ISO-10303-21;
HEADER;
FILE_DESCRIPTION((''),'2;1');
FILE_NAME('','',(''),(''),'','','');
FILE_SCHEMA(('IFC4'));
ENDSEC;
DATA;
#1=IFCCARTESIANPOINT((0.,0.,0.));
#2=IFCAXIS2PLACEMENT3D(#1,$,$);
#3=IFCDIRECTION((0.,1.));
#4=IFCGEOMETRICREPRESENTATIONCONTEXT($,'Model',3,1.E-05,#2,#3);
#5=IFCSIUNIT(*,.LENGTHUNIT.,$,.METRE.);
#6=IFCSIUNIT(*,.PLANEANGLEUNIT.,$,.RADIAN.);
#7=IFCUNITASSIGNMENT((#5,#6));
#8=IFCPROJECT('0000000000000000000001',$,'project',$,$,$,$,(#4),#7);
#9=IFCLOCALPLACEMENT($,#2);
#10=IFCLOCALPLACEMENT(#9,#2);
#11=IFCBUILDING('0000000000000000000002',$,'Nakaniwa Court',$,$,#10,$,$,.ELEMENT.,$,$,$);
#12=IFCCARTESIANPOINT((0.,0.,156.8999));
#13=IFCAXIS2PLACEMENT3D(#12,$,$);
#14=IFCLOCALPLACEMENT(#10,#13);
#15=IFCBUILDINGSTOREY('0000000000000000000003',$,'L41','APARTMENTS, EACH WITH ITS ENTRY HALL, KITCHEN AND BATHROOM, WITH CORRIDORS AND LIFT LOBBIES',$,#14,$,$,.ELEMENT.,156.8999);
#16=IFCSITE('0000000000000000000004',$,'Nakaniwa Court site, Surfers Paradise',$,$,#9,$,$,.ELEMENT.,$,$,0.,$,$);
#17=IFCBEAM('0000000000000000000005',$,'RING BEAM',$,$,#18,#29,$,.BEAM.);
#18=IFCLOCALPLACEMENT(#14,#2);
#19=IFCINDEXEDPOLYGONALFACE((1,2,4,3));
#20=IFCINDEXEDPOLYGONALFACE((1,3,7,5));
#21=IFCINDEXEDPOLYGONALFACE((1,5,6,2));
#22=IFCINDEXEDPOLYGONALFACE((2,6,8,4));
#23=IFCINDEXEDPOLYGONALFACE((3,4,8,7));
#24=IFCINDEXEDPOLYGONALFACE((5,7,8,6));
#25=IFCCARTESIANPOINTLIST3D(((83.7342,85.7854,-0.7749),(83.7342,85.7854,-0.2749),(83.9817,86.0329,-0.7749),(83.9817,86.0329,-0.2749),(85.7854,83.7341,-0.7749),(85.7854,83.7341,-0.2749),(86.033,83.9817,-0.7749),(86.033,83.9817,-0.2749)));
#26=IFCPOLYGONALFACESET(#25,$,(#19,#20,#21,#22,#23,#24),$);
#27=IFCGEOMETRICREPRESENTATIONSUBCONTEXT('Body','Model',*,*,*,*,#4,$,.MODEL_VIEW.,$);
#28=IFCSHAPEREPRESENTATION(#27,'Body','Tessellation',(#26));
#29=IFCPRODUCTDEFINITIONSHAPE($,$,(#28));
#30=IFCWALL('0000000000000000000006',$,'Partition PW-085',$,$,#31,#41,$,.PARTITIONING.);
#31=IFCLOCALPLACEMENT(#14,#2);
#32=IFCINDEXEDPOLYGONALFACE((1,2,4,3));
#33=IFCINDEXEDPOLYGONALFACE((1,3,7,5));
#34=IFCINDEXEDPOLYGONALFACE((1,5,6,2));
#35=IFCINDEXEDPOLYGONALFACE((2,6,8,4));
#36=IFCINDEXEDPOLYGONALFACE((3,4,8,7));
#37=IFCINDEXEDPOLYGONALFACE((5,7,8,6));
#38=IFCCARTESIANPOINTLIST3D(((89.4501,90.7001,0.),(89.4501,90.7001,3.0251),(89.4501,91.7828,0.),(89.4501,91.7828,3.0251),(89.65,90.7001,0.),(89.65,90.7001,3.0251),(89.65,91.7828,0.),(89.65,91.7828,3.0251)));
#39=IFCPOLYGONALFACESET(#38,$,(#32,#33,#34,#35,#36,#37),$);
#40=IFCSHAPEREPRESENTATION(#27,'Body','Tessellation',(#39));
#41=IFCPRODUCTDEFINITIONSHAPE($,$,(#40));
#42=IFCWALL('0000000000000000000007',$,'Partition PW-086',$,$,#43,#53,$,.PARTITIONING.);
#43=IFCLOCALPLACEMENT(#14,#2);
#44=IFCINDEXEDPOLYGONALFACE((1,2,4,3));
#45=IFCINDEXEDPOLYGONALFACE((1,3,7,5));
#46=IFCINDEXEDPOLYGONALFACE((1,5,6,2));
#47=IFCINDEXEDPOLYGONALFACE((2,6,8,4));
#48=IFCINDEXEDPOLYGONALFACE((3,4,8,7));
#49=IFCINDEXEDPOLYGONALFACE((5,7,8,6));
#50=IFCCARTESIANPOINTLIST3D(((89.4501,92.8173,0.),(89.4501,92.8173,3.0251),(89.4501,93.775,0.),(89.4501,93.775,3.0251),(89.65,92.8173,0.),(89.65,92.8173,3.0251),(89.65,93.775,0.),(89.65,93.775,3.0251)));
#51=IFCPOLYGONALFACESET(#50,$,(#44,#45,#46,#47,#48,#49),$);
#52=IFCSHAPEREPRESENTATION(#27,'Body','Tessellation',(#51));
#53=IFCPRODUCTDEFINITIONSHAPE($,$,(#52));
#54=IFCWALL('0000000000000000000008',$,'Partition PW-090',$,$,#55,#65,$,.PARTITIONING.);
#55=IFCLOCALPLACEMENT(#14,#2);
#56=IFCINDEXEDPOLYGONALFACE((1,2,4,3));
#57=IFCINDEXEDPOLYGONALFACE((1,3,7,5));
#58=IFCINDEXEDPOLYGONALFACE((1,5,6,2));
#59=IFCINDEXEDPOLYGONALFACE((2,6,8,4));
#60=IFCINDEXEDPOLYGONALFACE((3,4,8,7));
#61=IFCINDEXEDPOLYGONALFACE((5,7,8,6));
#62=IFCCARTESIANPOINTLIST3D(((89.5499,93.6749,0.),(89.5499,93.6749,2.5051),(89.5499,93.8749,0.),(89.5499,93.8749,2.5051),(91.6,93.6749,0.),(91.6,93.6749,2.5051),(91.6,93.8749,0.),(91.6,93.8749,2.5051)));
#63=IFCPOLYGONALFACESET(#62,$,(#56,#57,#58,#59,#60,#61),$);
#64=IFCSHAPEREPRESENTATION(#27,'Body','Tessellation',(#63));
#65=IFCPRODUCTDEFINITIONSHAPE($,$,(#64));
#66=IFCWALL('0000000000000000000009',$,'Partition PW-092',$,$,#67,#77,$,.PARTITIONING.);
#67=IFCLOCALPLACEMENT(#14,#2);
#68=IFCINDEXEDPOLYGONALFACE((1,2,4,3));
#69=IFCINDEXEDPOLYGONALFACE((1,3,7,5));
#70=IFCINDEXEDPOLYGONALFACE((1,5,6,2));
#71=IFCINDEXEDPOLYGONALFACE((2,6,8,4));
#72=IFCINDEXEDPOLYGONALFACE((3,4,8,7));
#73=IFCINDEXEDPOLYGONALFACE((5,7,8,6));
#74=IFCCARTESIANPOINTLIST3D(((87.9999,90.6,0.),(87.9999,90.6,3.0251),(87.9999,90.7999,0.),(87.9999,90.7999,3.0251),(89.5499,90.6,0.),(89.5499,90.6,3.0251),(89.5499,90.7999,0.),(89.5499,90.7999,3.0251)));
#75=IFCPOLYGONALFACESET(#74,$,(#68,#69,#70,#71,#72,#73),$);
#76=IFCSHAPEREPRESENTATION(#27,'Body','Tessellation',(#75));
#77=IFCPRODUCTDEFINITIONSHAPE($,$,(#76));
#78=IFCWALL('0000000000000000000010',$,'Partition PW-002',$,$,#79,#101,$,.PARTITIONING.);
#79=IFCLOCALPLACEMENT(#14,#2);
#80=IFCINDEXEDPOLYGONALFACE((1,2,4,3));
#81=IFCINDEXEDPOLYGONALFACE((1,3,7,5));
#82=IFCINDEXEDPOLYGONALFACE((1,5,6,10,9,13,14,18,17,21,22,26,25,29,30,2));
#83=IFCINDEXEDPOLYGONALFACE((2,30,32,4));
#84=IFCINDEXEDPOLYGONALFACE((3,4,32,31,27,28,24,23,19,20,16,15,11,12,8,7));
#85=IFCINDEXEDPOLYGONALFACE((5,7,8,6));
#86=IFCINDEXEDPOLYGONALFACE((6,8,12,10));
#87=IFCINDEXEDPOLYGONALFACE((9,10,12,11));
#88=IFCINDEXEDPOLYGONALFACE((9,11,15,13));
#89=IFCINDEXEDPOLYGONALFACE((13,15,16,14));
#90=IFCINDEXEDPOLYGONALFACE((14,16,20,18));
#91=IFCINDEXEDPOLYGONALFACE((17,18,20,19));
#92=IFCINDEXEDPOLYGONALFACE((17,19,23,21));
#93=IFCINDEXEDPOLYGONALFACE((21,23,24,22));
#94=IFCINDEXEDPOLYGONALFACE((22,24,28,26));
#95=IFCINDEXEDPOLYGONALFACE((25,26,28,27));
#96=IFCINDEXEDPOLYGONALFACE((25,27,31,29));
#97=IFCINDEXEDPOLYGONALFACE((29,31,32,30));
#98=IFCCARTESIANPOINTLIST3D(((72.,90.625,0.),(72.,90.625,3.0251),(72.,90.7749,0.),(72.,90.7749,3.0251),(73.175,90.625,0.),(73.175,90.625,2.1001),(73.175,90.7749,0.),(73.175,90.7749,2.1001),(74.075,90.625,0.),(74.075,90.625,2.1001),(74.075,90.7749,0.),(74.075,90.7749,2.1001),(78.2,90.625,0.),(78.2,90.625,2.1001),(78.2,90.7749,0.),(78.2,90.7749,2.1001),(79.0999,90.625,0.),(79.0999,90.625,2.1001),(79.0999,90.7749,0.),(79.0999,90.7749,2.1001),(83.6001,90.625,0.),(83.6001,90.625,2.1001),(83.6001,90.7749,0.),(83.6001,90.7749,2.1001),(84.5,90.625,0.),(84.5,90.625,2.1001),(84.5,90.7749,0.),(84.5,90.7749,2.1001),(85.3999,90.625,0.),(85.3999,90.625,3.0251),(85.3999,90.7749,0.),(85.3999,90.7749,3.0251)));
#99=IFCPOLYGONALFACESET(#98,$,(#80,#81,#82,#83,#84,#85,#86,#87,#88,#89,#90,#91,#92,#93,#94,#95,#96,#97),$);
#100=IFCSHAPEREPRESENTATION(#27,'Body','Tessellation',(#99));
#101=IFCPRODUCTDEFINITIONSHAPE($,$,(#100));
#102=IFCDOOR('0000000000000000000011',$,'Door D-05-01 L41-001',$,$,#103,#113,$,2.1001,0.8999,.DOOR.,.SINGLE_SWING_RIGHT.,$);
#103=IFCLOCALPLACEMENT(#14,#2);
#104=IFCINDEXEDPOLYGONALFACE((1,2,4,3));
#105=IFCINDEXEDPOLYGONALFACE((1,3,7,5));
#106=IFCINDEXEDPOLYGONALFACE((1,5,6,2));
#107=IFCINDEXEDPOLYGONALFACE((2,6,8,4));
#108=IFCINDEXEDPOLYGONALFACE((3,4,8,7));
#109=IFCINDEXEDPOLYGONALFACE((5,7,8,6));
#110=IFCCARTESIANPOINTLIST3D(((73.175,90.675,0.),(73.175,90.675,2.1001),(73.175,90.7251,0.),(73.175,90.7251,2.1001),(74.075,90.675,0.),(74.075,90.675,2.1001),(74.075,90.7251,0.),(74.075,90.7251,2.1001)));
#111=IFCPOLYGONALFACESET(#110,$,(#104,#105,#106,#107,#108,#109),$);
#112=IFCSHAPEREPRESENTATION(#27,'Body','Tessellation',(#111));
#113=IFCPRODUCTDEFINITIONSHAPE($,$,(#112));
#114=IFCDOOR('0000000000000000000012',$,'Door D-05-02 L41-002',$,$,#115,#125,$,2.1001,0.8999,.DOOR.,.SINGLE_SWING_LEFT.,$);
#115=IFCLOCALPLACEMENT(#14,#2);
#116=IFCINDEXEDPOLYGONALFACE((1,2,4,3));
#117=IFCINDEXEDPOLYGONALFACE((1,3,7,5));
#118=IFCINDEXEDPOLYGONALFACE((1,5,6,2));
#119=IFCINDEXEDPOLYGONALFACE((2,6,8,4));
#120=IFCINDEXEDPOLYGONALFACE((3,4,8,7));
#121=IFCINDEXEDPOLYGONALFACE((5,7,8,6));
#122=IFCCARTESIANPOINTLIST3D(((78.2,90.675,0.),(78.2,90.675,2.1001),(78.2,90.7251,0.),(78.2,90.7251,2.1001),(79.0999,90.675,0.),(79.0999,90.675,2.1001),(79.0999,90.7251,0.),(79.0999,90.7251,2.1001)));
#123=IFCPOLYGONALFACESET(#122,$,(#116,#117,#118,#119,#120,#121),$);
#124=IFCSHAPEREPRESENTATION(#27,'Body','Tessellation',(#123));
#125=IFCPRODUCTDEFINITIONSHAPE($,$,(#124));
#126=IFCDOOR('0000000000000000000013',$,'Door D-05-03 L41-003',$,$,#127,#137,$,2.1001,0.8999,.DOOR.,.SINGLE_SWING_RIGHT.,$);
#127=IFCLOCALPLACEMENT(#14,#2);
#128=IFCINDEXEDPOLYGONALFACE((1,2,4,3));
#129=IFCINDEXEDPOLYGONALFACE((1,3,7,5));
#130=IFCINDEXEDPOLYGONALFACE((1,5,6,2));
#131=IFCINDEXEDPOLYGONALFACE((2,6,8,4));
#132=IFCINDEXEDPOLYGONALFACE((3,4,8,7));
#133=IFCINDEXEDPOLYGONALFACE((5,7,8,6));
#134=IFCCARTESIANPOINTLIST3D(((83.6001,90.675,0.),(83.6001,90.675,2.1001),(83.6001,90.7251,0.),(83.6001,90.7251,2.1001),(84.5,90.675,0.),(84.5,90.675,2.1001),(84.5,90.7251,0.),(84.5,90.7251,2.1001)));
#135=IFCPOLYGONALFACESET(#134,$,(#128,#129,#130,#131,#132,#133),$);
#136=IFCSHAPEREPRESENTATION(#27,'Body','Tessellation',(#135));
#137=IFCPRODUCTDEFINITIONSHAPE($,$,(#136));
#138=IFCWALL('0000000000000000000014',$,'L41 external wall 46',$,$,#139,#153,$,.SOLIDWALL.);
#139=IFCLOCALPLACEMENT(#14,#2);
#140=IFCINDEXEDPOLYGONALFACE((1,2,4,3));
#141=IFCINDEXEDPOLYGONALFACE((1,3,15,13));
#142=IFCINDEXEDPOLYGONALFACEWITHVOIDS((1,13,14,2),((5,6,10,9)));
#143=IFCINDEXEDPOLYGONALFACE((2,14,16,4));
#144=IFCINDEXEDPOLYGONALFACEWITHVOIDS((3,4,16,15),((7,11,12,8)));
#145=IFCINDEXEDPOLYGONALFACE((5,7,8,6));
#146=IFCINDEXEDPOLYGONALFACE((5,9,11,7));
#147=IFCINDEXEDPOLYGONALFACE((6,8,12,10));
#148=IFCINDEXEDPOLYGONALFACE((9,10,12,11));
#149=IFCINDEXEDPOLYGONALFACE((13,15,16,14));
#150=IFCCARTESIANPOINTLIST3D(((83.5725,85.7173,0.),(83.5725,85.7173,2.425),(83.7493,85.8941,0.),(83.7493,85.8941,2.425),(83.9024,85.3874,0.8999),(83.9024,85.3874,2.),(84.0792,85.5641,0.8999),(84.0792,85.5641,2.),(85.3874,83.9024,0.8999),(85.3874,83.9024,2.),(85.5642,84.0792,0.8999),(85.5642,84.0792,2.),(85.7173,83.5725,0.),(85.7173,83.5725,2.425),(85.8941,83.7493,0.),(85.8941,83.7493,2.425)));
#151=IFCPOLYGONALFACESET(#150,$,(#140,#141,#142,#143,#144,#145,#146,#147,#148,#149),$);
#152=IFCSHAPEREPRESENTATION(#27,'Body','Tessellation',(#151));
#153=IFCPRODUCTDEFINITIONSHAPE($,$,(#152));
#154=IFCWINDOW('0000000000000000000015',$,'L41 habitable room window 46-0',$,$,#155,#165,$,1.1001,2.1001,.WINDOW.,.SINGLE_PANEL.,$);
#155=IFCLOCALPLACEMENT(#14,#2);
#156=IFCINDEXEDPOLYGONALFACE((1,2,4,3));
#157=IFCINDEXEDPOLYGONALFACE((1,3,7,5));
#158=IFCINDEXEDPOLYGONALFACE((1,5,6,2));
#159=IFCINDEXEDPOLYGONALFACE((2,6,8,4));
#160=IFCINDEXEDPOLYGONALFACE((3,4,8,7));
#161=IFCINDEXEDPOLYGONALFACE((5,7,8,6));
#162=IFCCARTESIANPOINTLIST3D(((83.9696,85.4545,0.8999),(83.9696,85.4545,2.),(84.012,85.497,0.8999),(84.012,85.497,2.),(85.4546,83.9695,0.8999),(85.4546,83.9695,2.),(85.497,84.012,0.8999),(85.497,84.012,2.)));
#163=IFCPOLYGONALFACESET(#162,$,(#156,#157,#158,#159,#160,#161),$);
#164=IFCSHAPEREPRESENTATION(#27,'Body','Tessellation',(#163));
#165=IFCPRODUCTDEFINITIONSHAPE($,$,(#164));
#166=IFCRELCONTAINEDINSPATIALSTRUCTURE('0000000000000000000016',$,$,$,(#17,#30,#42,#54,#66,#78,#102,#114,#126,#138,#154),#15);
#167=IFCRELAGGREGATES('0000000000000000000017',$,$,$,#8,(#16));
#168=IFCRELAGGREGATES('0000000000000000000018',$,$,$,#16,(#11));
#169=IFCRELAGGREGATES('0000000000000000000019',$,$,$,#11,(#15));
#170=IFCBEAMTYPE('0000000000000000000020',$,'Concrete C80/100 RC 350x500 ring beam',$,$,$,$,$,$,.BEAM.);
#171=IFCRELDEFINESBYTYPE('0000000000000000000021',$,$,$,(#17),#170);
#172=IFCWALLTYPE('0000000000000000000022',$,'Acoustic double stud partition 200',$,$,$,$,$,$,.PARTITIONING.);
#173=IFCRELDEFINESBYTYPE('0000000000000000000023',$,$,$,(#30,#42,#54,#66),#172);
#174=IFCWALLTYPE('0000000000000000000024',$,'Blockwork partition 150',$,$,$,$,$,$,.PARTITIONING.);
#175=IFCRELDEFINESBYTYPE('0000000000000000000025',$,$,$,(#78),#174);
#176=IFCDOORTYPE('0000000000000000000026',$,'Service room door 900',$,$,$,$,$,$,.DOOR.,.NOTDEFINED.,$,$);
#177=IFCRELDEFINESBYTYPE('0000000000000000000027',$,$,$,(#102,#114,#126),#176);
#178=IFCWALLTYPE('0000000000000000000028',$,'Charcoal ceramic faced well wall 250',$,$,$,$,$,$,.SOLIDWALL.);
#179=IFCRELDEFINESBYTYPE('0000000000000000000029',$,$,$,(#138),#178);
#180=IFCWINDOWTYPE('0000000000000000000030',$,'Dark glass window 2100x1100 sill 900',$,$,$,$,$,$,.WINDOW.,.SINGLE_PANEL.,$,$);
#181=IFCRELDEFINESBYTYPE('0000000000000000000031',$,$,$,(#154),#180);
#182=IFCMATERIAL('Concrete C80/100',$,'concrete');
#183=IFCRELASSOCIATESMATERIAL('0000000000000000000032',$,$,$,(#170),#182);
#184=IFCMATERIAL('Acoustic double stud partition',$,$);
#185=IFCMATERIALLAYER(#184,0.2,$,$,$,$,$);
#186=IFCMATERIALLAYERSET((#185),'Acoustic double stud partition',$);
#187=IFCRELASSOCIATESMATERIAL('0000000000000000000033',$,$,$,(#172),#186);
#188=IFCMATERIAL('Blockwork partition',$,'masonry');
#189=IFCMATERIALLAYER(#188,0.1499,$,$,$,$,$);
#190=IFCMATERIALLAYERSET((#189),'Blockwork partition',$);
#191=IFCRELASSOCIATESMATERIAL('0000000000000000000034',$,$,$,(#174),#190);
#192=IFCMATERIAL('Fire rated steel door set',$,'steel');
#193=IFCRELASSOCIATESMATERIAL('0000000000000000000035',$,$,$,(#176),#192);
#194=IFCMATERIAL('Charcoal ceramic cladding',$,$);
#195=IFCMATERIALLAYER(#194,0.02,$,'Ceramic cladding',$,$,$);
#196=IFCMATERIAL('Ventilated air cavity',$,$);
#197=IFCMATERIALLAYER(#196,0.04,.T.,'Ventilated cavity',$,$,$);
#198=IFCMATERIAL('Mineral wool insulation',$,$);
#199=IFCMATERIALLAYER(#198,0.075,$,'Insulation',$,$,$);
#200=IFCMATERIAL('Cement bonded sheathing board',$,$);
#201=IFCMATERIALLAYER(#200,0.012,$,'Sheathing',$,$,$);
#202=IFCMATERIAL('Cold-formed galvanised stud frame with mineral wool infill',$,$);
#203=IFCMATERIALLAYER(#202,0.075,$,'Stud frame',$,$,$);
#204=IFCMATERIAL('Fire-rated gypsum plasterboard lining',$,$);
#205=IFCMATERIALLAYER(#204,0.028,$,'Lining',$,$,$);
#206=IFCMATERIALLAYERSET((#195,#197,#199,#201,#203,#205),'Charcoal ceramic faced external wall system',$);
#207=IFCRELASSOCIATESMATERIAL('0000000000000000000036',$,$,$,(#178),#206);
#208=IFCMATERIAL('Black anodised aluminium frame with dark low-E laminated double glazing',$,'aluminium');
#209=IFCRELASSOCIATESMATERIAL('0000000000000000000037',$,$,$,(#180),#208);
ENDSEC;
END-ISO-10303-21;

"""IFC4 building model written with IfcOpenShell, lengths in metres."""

from ifc_helpers import new_model, si_unit, direction, frame, frame_2d, origin, origin_2d, place, context, subcontext, project, spatial, rectangle, extrude, material, layer, layer_set, material_profile, profile_set, type_object, element, fill, save


model = new_model("IFC4")

# Units and contexts
model_context = context("Model", 3, precision=1e-05, world=origin(), true_north=direction((0.0, 1.0)))
body_context = subcontext(model_context, "Body", "Model", "MODEL_VIEW")
ifc_project = project(units=[si_unit("LENGTHUNIT", "METRE"), si_unit("PLANEANGLEUNIT", "RADIAN")], contexts=[model_context])

# Site, building, storey
site_placement = place(None, origin())
site = spatial("IfcSite", under=ifc_project, at=site_placement, Name="Nakaniwa Court site, Surfers Paradise", CompositionType="ELEMENT", RefElevation=0.0)
building_placement = place(site_placement, origin())
building = spatial("IfcBuilding", under=site, at=building_placement, Name="Nakaniwa Court", CompositionType="ELEMENT")
storey_placement = place(building_placement, frame((0.0, 0.0, 156.8999)))
storey = spatial("IfcBuildingStorey", under=building, at=storey_placement, Name="L41", Description="APARTMENTS, EACH WITH ITS ENTRY HALL, KITCHEN AND BATHROOM, WITH CORRIDORS AND LIFT LOBBIES", CompositionType="ELEMENT", Elevation=156.8999)

# Shared definitions
ifc_material_1 = material(Name="Concrete C80/100", Category="concrete")

# Beam
ifc_material_profile_1 = material_profile(ifc_material_1, rectangle(XDim=0.3501, YDim=0.5, at=origin_2d()), Name="Concrete C80/100 RC 350x500 ring beam")
ifc_profile_set_1 = profile_set([ifc_material_profile_1], Name="Concrete C80/100")
beam_type = type_object("IfcBeamType", Name="Concrete C80/100 RC 350x500 ring beam", PredefinedType="BEAM", material=ifc_profile_set_1)
beam_placement = place(storey_placement, frame((85.9092, 83.8579, -0.5249), z_axis=(-0.707107, 0.707107, 0.0), x_axis=(-0.707107, -0.707107, 0.0)))
element("IfcBeam", 1, at=beam_placement, inside=storey, type_object=beam_type, Name="RING BEAM", PredefinedType="BEAM", context=body_context, shape_type="SweptSolid", body=[
    extrude(rectangle(XDim=0.3501, YDim=0.5, at=origin_2d()), origin(), (0.0, 0.0, 1.0), 2.9009),
])

# Walls
ifc_material_2 = material(Name="Acoustic double stud partition")
ifc_layer_1 = layer(ifc_material_2, 0.2)
ifc_layer_set_1 = layer_set([ifc_layer_1], Name="Acoustic double stud partition")
wall_type_1 = type_object("IfcWallType", Name="Acoustic double stud partition 200", PredefinedType="PARTITIONING", material=ifc_layer_set_1)
wall_1_placement = place(storey_placement, frame((89.55, 90.7, 0.0), z_axis=(0.0, 0.0, 1.0), x_axis=(0.0, 1.0, 0.0)))
element("IfcWall", 2, at=wall_1_placement, inside=storey, type_object=wall_type_1, Name="Partition PW-085", PredefinedType="PARTITIONING", context=body_context, shape_type="SweptSolid", body=[
    extrude(rectangle(XDim=1.0828, YDim=0.2, at=frame_2d((0.5415, 0.0))), origin(), (0.0, 0.0, 1.0), 3.0251),
])
wall_2_placement = place(storey_placement, frame((89.55, 92.8171, 0.0), z_axis=(0.0, 0.0, 1.0), x_axis=(0.0, 1.0, 0.0)))
element("IfcWall", 3, at=wall_2_placement, inside=storey, type_object=wall_type_1, Name="Partition PW-086", PredefinedType="PARTITIONING", context=body_context, shape_type="SweptSolid", body=[
    extrude(rectangle(XDim=0.9578, YDim=0.2, at=frame_2d((0.479, 0.0))), origin(), (0.0, 0.0, 1.0), 3.0251),
])
wall_3_placement = place(storey_placement, frame((89.55, 93.7749, 0.0), z_axis=(0.0, 0.0, 1.0), x_axis=(1.0, 0.0, 0.0)))
element("IfcWall", 4, at=wall_3_placement, inside=storey, type_object=wall_type_1, Name="Partition PW-090", PredefinedType="PARTITIONING", context=body_context, shape_type="SweptSolid", body=[
    extrude(rectangle(XDim=2.05, YDim=0.2, at=frame_2d((1.0249, 0.0))), origin(), (0.0, 0.0, 1.0), 2.5051),
])
wall_4_placement = place(storey_placement, frame((88.0, 90.7, 0.0), z_axis=(0.0, 0.0, 1.0), x_axis=(1.0, 0.0, 0.0)))
element("IfcWall", 5, at=wall_4_placement, inside=storey, type_object=wall_type_1, Name="Partition PW-092", PredefinedType="PARTITIONING", context=body_context, shape_type="SweptSolid", body=[
    extrude(rectangle(XDim=1.55, YDim=0.2, at=frame_2d((0.7749, 0.0))), origin(), (0.0, 0.0, 1.0), 3.0251),
])

# Wall, openings, doors
ifc_material_3 = material(Name="Blockwork partition", Category="masonry")
ifc_layer_2 = layer(ifc_material_3, 0.1499)
ifc_layer_set_2 = layer_set([ifc_layer_2], Name="Blockwork partition")
wall_type_2 = type_object("IfcWallType", Name="Blockwork partition 150", PredefinedType="PARTITIONING", material=ifc_layer_set_2)
wall_5_placement = place(storey_placement, frame((85.3999, 90.7, 0.0), z_axis=(0.0, 0.0, 1.0), x_axis=(-1.0, 0.0, 0.0)))
wall_5 = element("IfcWall", 6, at=wall_5_placement, inside=storey, type_object=wall_type_2, Name="Partition PW-002", PredefinedType="PARTITIONING", context=body_context, shape_type="SweptSolid", body=[
    extrude(rectangle(XDim=13.3999, YDim=0.1499, at=frame_2d((6.7, 0.0))), origin(), (0.0, 0.0, 1.0), 3.0251),
])
opening_1_placement = place(wall_5_placement, frame((11.325, 0.0, 0.0)))
opening_1 = element("IfcOpeningElement", 7, at=opening_1_placement, cuts=wall_5, PredefinedType="OPENING", context=body_context, shape_type="SweptSolid", body=[
    extrude(rectangle(XDim=0.8999, YDim=2.1001, at=frame_2d((0.45, 1.05))), frame((0.0, 0.085, 0.0), z_axis=(0.0, -1.0, 0.0), x_axis=(1.0, 0.0, 0.0)), (0.0, 0.0, 1.0), 0.1699),
])
opening_2_placement = place(wall_5_placement, frame((6.3, 0.0, 0.0)))
opening_2 = element("IfcOpeningElement", 8, at=opening_2_placement, cuts=wall_5, PredefinedType="OPENING", context=body_context, shape_type="SweptSolid", body=[
    extrude(rectangle(XDim=0.8999, YDim=2.1001, at=frame_2d((0.45, 1.05))), frame((0.0, 0.085, 0.0), z_axis=(0.0, -1.0, 0.0), x_axis=(1.0, 0.0, 0.0)), (0.0, 0.0, 1.0), 0.1699),
])
opening_3_placement = place(wall_5_placement, frame((0.8999, 0.0, 0.0)))
opening_3 = element("IfcOpeningElement", 9, at=opening_3_placement, cuts=wall_5, PredefinedType="OPENING", context=body_context, shape_type="SweptSolid", body=[
    extrude(rectangle(XDim=0.8999, YDim=2.1001, at=frame_2d((0.45, 1.05))), frame((0.0, 0.085, 0.0), z_axis=(0.0, -1.0, 0.0), x_axis=(1.0, 0.0, 0.0)), (0.0, 0.0, 1.0), 0.1699),
])
ifc_material_4 = material(Name="Fire rated steel door set", Category="steel")
door_type_1 = type_object("IfcDoorType", Name="Service room door 900", OperationType="NOTDEFINED", PredefinedType="DOOR", material=ifc_material_4)
door_1_placement = place(opening_1_placement, origin())
door_1 = element("IfcDoor", 10, at=door_1_placement, inside=storey, type_object=door_type_1, Name="Door D-05-01 L41-001", OperationType="SINGLE_SWING_RIGHT", OverallHeight=2.1001, OverallWidth=0.8999, PredefinedType="DOOR", context=body_context, shape_type="SweptSolid", body=[
    extrude(rectangle(XDim=0.8999, YDim=2.1001, at=frame_2d((0.45, 1.05))), frame((0.0, 0.0249, 0.0), z_axis=(0.0, -1.0, 0.0), x_axis=(1.0, 0.0, 0.0)), (0.0, 0.0, 1.0), 0.05),
])
fill(opening_1, door_1)
door_2_placement = place(opening_2_placement, origin())
door_2 = element("IfcDoor", 11, at=door_2_placement, inside=storey, type_object=door_type_1, Name="Door D-05-02 L41-002", OperationType="SINGLE_SWING_LEFT", OverallHeight=2.1001, OverallWidth=0.8999, PredefinedType="DOOR", context=body_context, shape_type="SweptSolid", body=[
    extrude(rectangle(XDim=0.8999, YDim=2.1001, at=frame_2d((0.45, 1.05))), frame((0.0, 0.0249, 0.0), z_axis=(0.0, -1.0, 0.0), x_axis=(1.0, 0.0, 0.0)), (0.0, 0.0, 1.0), 0.05),
])
fill(opening_2, door_2)
door_3_placement = place(opening_3_placement, origin())
door_3 = element("IfcDoor", 12, at=door_3_placement, inside=storey, type_object=door_type_1, Name="Door D-05-03 L41-003", OperationType="SINGLE_SWING_RIGHT", OverallHeight=2.1001, OverallWidth=0.8999, PredefinedType="DOOR", context=body_context, shape_type="SweptSolid", body=[
    extrude(rectangle(XDim=0.8999, YDim=2.1001, at=frame_2d((0.45, 1.05))), frame((0.0, 0.0249, 0.0), z_axis=(0.0, -1.0, 0.0), x_axis=(1.0, 0.0, 0.0)), (0.0, 0.0, 1.0), 0.05),
])
fill(opening_3, door_3)

# Wall, opening, window
ifc_material_5 = material(Name="Charcoal ceramic cladding")
ifc_layer_3 = layer(ifc_material_5, 0.02, Name="Ceramic cladding")
ifc_material_6 = material(Name="Ventilated air cavity")
ifc_layer_4 = layer(ifc_material_6, 0.04, ventilated=True, Name="Ventilated cavity")
ifc_material_7 = material(Name="Mineral wool insulation")
ifc_layer_5 = layer(ifc_material_7, 0.075, Name="Insulation")
ifc_material_8 = material(Name="Cement bonded sheathing board")
ifc_layer_6 = layer(ifc_material_8, 0.012, Name="Sheathing")
ifc_material_9 = material(Name="Cold-formed galvanised stud frame with mineral wool infill")
ifc_layer_7 = layer(ifc_material_9, 0.075, Name="Stud frame")
ifc_material_10 = material(Name="Fire-rated gypsum plasterboard lining")
ifc_layer_8 = layer(ifc_material_10, 0.028, Name="Lining")
ifc_layer_set_3 = layer_set([ifc_layer_3, ifc_layer_4, ifc_layer_5, ifc_layer_6, ifc_layer_7, ifc_layer_8], Name="Charcoal ceramic faced external wall system")
wall_type_3 = type_object("IfcWallType", Name="Charcoal ceramic faced well wall 250", PredefinedType="SOLIDWALL", material=ifc_layer_set_3)
wall_6_placement = place(storey_placement, frame((83.6609, 85.8057, 0.0), z_axis=(0.0, 0.0, 1.0), x_axis=(0.707107, -0.707107, 0.0)))
wall_6 = element("IfcWall", 13, at=wall_6_placement, inside=storey, type_object=wall_type_3, Name="L41 external wall 46", PredefinedType="SOLIDWALL", context=body_context, shape_type="SweptSolid", body=[
    extrude(rectangle(XDim=3.0332, YDim=0.25, at=frame_2d((1.5166, 0.0))), origin(), (0.0, 0.0, 1.0), 2.425),
])
opening_4_placement = place(wall_6_placement, frame((0.4666, 0.0, 0.8999)))
opening_4 = element("IfcOpeningElement", 14, at=opening_4_placement, cuts=wall_6, PredefinedType="OPENING", context=body_context, shape_type="SweptSolid", body=[
    extrude(rectangle(XDim=2.1001, YDim=1.1001, at=frame_2d((1.05, 0.55))), frame((0.0, 0.135, 0.0), z_axis=(0.0, -1.0, 0.0), x_axis=(1.0, 0.0, 0.0)), (0.0, 0.0, 1.0), 0.27),
])
ifc_material_11 = material(Name="Black anodised aluminium frame with dark low-E laminated double glazing", Category="aluminium")
window_type = type_object("IfcWindowType", Name="Dark glass window 2100x1100 sill 900", PartitioningType="SINGLE_PANEL", PredefinedType="WINDOW", material=ifc_material_11)
window_1_placement = place(opening_4_placement, origin())
window_1 = element("IfcWindow", 15, at=window_1_placement, inside=storey, type_object=window_type, Name="L41 habitable room window 46-0", OverallHeight=1.1001, OverallWidth=2.1001, PartitioningType="SINGLE_PANEL", PredefinedType="WINDOW", context=body_context, shape_type="SweptSolid", body=[
    extrude(rectangle(XDim=2.1001, YDim=1.1001, at=frame_2d((1.05, 0.55))), frame((0.0, 0.03, 0.0), z_axis=(0.0, -1.0, 0.0), x_axis=(1.0, 0.0, 0.0)), (0.0, 0.0, 1.0), 0.0601),
])
fill(opening_4, window_1)

save(model, "model.ifc")
